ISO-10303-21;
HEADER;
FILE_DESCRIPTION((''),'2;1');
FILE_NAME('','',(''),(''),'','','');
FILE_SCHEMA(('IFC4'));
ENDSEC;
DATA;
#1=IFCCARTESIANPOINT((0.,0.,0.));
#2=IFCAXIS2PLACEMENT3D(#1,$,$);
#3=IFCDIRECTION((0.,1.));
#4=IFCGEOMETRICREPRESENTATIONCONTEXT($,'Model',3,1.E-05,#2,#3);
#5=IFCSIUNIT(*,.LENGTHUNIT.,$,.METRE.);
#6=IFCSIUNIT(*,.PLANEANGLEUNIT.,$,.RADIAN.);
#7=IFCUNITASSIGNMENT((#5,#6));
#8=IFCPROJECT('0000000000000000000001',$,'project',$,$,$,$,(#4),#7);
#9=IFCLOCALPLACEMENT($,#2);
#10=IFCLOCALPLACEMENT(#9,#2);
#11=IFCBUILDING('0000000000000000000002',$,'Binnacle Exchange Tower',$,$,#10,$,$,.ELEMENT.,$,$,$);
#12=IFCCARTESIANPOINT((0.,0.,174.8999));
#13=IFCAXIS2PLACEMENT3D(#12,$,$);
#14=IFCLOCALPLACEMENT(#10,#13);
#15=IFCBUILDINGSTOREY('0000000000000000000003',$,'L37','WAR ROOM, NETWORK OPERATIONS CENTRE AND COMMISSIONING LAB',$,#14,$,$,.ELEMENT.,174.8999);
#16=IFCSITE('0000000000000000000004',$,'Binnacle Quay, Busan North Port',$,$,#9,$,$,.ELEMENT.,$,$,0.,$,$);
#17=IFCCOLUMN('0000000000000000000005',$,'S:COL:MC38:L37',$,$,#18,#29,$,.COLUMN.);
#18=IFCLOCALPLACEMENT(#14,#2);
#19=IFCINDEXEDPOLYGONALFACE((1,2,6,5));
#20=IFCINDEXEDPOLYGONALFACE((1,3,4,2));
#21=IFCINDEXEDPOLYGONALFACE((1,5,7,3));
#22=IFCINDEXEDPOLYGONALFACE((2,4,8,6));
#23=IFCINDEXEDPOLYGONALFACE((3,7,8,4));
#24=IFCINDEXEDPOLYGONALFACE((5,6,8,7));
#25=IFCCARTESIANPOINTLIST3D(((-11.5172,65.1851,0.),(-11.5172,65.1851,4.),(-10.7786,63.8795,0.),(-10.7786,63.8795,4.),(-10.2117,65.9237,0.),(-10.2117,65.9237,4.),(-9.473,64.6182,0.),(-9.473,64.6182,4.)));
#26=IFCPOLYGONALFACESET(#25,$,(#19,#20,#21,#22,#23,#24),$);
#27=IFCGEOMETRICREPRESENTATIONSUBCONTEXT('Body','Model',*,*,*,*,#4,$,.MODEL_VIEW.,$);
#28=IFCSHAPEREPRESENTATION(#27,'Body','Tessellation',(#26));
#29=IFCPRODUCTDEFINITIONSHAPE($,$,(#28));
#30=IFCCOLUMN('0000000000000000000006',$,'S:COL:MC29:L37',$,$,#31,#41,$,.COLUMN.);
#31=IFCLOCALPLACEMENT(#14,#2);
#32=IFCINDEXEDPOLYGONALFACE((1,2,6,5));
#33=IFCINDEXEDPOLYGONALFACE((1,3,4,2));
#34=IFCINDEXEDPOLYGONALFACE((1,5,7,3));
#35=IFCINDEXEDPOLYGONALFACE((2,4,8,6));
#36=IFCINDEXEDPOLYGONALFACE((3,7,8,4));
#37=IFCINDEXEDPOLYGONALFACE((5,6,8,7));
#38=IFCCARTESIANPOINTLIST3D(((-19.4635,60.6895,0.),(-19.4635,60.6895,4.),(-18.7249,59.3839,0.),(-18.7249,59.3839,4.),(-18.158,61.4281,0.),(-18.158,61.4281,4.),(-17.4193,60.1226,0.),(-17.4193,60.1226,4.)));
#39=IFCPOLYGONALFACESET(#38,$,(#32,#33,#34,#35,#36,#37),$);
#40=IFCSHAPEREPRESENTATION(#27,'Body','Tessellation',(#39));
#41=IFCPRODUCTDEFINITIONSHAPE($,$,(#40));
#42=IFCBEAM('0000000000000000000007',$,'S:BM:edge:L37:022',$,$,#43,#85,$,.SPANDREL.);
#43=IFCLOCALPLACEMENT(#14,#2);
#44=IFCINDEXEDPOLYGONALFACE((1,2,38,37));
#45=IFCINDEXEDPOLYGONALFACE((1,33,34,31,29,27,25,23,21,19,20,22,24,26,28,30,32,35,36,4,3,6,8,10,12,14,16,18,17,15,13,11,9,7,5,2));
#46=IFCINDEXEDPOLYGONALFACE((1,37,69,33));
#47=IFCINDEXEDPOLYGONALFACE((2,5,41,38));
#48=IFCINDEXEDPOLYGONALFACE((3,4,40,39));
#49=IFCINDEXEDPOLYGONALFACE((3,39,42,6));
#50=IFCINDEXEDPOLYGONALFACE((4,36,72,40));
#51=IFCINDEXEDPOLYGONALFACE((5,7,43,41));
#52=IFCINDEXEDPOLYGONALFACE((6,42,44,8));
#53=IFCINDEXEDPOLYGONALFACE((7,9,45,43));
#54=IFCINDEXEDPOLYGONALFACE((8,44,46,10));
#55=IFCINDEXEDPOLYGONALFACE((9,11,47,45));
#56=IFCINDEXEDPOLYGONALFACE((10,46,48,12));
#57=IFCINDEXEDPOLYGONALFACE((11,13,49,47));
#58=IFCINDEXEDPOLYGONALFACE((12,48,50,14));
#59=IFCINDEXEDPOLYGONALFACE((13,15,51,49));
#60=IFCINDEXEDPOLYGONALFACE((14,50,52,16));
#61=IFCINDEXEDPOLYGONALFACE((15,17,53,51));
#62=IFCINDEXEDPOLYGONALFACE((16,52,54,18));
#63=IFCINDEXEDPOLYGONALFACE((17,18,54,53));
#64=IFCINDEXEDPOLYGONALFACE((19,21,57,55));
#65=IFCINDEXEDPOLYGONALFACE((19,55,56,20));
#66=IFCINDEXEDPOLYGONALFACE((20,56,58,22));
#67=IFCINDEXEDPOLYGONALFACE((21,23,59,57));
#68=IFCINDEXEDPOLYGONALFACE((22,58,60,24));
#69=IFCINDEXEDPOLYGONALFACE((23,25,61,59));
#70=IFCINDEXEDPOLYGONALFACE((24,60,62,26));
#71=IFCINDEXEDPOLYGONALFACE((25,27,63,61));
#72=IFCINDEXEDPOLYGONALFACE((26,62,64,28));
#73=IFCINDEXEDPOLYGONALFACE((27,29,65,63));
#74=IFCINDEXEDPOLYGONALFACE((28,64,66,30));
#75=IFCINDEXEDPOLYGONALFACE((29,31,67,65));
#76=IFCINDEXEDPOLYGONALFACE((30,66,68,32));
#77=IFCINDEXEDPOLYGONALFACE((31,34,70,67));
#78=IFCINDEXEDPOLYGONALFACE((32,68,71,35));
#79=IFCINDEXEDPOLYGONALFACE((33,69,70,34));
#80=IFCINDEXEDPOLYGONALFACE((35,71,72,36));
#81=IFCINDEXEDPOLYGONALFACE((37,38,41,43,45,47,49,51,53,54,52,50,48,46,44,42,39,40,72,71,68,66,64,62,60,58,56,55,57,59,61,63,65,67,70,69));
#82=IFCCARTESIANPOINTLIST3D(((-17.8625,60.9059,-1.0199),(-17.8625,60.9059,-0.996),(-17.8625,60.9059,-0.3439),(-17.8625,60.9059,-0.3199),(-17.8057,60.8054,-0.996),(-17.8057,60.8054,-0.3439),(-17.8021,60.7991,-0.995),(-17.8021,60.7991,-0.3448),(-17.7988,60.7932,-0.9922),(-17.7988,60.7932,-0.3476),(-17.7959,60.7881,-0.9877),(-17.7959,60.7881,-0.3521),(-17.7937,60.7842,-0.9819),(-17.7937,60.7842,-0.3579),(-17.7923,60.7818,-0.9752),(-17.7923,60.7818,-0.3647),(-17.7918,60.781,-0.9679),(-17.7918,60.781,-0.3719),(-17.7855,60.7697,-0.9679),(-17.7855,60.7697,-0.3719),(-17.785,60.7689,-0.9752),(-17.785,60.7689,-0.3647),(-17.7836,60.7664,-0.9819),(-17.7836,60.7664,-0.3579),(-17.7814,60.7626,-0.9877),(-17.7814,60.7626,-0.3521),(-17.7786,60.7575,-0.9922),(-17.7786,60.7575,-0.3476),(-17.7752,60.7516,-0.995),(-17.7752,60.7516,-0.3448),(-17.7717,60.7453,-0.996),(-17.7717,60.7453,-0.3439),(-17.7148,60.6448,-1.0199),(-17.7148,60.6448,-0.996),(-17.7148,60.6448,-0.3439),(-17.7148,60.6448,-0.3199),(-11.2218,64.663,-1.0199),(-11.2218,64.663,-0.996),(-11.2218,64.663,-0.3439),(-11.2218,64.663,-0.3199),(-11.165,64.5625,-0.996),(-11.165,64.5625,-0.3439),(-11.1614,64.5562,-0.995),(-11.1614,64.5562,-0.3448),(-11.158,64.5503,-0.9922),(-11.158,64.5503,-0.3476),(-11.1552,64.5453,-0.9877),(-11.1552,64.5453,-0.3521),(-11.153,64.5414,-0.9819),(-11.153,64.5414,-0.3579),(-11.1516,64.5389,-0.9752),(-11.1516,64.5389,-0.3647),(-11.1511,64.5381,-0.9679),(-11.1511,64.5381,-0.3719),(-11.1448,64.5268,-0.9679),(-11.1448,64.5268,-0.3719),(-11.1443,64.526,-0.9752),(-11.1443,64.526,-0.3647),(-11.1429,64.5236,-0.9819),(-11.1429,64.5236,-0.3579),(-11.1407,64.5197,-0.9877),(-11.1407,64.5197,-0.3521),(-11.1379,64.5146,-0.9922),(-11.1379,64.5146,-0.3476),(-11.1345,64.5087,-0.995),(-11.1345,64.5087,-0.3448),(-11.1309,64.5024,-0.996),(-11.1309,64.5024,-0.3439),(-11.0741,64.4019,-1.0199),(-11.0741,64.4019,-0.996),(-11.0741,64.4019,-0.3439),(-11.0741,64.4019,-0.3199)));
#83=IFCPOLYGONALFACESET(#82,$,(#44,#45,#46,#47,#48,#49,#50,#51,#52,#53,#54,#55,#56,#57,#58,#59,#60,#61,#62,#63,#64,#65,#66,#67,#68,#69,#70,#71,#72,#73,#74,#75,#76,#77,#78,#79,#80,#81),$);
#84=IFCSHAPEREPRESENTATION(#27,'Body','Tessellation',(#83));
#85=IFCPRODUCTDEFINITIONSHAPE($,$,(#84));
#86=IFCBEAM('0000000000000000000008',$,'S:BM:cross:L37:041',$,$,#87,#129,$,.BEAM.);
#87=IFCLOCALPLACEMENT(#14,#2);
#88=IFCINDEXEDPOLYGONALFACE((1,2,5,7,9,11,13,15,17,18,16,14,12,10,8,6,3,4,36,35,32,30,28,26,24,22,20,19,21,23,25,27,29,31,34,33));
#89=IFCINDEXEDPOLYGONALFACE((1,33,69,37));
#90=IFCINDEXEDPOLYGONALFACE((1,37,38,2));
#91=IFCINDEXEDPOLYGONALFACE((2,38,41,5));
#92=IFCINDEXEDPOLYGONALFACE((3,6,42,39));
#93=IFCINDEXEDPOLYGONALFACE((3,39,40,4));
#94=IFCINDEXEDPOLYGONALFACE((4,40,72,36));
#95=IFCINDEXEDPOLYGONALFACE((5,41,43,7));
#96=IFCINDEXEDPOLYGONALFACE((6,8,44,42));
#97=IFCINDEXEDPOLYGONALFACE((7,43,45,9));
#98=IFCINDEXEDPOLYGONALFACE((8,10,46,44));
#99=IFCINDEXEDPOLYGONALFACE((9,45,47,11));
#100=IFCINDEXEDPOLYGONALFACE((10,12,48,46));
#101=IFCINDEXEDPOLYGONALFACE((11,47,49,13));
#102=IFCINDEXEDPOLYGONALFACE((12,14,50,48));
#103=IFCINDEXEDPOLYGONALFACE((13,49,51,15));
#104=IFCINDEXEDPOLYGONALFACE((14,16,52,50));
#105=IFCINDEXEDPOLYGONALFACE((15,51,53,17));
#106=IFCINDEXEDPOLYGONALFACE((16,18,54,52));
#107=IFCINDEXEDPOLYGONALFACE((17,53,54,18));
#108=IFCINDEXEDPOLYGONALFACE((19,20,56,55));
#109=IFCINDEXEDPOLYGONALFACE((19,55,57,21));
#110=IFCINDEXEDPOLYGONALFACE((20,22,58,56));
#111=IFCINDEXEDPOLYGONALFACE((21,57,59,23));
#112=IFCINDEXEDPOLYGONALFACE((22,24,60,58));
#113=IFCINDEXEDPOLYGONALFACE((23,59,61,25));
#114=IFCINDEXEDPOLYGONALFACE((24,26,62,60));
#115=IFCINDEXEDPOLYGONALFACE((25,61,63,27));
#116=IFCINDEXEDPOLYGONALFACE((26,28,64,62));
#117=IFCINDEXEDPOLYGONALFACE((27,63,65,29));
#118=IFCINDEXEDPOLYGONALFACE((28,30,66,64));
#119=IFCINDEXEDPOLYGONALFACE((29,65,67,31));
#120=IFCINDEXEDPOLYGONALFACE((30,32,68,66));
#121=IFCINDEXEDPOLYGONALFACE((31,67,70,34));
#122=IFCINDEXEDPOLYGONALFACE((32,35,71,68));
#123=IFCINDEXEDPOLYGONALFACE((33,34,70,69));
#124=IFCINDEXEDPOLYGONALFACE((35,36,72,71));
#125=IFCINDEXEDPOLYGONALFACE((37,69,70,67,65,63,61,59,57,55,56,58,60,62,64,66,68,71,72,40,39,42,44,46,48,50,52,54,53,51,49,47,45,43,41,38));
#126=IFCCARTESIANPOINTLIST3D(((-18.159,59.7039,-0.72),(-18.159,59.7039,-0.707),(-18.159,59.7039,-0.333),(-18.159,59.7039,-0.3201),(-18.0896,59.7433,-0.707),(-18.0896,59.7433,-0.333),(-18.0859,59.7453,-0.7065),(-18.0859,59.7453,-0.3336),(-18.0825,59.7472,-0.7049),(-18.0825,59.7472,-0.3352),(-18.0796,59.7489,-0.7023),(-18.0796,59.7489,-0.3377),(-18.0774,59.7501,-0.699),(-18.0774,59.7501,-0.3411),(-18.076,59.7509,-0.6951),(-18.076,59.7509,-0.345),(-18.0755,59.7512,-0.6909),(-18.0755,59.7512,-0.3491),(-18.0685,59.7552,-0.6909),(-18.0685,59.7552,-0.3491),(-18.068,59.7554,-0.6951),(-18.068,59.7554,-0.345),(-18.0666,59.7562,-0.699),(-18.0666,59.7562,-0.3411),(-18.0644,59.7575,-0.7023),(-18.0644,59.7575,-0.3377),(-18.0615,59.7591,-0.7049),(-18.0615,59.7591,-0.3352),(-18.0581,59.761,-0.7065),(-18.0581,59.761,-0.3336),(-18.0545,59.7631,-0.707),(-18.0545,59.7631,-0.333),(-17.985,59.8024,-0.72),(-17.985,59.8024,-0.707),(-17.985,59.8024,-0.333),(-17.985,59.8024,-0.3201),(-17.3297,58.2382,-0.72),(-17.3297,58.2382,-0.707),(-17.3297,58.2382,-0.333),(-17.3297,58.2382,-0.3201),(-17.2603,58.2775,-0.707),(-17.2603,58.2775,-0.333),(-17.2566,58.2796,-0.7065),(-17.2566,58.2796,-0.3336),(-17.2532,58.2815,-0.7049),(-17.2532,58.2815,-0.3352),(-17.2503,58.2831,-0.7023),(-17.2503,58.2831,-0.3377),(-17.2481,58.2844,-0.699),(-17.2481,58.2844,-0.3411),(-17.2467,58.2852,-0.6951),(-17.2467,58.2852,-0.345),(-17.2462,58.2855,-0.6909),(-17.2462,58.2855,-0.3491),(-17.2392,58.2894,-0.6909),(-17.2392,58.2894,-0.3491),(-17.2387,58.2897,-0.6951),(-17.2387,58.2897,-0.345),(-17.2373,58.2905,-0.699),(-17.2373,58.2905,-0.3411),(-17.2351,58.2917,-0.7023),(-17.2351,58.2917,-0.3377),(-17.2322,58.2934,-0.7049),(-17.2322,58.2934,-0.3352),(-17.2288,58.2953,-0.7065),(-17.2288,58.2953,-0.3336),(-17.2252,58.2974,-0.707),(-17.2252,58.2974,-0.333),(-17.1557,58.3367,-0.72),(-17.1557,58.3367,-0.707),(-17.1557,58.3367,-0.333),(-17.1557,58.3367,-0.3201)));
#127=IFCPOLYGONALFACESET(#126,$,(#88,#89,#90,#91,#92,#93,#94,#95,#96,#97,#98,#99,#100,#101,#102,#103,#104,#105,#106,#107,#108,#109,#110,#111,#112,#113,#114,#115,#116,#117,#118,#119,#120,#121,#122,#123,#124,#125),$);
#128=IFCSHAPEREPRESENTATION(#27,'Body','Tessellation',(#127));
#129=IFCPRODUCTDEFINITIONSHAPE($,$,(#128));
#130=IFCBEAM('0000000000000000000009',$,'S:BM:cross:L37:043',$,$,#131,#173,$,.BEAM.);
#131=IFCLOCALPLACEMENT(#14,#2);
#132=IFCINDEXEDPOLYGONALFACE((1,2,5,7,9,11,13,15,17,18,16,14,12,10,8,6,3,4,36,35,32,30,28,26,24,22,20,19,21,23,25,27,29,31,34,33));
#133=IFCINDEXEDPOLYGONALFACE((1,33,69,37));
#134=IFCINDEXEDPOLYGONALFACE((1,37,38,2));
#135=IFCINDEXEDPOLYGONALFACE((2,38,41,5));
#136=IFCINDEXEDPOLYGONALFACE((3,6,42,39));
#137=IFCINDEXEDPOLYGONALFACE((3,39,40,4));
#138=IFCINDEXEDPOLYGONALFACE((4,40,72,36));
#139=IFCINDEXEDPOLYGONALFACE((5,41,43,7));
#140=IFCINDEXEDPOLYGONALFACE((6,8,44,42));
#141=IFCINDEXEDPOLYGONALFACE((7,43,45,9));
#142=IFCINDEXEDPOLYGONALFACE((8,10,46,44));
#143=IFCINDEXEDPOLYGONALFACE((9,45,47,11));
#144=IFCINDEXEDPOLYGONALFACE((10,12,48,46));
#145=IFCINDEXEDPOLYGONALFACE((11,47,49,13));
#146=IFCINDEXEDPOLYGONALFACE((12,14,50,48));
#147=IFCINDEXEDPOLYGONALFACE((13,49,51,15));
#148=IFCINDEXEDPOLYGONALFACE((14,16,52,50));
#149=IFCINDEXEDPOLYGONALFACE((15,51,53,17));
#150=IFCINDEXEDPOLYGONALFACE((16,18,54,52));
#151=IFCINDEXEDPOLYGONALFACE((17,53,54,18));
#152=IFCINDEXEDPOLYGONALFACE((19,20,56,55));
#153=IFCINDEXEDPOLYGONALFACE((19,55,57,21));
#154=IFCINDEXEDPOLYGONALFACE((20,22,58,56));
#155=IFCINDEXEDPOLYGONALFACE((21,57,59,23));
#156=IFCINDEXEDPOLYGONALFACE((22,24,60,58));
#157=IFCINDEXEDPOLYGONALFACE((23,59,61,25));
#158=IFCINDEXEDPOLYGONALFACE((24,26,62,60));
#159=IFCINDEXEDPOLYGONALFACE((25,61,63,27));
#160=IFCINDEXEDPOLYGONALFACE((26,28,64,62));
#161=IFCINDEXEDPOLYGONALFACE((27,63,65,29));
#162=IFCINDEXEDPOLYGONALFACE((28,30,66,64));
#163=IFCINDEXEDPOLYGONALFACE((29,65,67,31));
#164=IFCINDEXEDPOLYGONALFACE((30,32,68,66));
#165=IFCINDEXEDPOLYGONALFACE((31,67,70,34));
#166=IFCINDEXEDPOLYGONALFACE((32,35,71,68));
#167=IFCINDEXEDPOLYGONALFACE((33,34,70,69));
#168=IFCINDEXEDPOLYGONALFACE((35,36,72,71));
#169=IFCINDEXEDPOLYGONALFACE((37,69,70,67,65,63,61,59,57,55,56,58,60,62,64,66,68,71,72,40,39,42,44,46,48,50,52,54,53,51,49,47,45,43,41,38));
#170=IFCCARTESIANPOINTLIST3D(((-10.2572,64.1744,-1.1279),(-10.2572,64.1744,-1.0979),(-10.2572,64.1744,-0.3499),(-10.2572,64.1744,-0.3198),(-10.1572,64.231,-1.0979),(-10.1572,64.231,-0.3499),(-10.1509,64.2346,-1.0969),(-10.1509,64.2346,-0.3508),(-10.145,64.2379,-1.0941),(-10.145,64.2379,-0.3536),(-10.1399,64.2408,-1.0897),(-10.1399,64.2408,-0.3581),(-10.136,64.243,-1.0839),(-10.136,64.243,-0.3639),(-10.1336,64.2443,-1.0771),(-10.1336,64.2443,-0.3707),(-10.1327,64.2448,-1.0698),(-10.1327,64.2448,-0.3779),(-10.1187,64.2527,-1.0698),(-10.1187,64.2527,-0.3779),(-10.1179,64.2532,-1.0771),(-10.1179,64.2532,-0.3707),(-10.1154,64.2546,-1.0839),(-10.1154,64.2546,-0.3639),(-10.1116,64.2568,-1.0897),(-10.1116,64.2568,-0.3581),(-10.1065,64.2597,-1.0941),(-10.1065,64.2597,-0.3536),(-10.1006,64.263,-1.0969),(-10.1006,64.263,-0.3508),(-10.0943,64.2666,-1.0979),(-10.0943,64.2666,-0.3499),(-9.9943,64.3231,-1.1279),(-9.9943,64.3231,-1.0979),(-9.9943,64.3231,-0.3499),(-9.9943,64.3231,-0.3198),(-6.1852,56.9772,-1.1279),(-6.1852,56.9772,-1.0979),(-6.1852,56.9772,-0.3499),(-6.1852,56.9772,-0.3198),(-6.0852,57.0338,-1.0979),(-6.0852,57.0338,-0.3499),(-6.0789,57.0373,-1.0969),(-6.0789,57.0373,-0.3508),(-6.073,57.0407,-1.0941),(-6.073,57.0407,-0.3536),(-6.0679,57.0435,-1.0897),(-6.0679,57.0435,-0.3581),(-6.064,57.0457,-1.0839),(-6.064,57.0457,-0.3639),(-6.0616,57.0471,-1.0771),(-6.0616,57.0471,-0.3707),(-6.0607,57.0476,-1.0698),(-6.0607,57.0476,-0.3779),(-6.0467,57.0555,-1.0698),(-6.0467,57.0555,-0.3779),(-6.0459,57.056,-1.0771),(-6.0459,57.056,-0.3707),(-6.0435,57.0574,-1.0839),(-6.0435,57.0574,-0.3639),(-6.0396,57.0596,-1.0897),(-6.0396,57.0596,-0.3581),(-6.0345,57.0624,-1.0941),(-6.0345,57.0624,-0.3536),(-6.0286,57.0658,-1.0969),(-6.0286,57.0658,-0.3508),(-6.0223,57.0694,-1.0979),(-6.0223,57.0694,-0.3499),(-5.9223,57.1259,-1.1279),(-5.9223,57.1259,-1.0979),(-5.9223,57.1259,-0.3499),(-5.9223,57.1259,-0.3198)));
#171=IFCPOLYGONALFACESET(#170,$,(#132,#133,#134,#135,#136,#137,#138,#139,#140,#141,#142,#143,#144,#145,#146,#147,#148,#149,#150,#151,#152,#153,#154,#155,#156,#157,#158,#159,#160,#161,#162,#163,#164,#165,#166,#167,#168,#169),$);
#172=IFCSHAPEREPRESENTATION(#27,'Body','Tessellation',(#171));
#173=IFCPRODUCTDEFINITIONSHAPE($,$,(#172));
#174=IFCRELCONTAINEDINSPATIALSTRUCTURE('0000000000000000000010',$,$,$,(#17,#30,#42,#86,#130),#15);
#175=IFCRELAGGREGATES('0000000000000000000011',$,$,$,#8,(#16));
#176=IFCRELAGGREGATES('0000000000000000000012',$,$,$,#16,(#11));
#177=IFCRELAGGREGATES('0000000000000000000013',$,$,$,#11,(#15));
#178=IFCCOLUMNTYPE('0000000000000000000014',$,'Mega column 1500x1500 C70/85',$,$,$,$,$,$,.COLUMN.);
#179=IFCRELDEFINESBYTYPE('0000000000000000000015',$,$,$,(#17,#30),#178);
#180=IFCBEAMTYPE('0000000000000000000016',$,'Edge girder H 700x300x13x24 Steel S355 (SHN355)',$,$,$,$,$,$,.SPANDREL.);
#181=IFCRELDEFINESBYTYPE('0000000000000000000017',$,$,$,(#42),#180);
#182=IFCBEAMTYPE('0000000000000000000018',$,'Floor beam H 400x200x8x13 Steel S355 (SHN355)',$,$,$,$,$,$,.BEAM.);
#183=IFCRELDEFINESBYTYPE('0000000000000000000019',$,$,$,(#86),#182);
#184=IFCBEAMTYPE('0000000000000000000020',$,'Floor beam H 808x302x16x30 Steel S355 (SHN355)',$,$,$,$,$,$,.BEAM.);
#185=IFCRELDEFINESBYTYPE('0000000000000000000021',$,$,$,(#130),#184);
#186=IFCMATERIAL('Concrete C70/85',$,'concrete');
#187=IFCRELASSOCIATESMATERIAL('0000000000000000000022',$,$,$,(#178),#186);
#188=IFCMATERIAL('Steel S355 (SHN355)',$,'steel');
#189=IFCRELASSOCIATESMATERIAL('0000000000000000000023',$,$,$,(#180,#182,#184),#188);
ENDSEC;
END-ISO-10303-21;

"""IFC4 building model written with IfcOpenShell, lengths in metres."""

from ifc_helpers import new_model, si_unit, direction, frame, origin, origin_2d, place, context, subcontext, project, spatial, rectangle, i_section, extrude, material, material_profile, profile_set, type_object, element, save


model = new_model("IFC4")

# Units and contexts
model_context = context("Model", 3, precision=1e-05, world=origin(), true_north=direction((0.0, 1.0)))
body_context = subcontext(model_context, "Body", "Model", "MODEL_VIEW")
ifc_project = project(units=[si_unit("LENGTHUNIT", "METRE"), si_unit("PLANEANGLEUNIT", "RADIAN")], contexts=[model_context])

# Site, building, storey
site_placement = place(None, origin())
site = spatial("IfcSite", under=ifc_project, at=site_placement, Name="Binnacle Quay, Busan North Port", CompositionType="ELEMENT", RefElevation=0.0)
building_placement = place(site_placement, origin())
building = spatial("IfcBuilding", under=site, at=building_placement, Name="Binnacle Exchange Tower", CompositionType="ELEMENT")
storey_placement = place(building_placement, frame((0.0, 0.0, 174.8999)))
storey = spatial("IfcBuildingStorey", under=building, at=storey_placement, Name="L37", Description="WAR ROOM, NETWORK OPERATIONS CENTRE AND COMMISSIONING LAB", CompositionType="ELEMENT", Elevation=174.8999)

# Columns
ifc_material_1 = material(Name="Concrete C70/85", Category="concrete")
ifc_material_profile_1 = material_profile(ifc_material_1, rectangle(XDim=1.5, YDim=1.5, at=origin_2d()), Name="Mega column 1500x1500 C70/85")
ifc_profile_set_1 = profile_set([ifc_material_profile_1], Name="Concrete C70/85")
column_type = type_object("IfcColumnType", Name="Mega column 1500x1500 C70/85", PredefinedType="COLUMN", material=ifc_profile_set_1)
for number, where, z_axis, x_axis, name in (
    (1, (-10.4951, 64.9016, 0.0), (0.0, 0.0, 1.0), (-0.870356, -0.492424, 0.0), "S:COL:MC38:L37"),
    (2, (-18.4414, 60.406, 0.0), (0.0, 0.0, 1.0), (-0.870356, -0.492424, 0.0), "S:COL:MC29:L37"),
):
    element("IfcColumn", number, at=place(storey_placement, frame(where, z_axis=z_axis, x_axis=x_axis)), inside=storey, type_object=column_type, Name=name, PredefinedType="COLUMN", context=body_context, shape_type="SweptSolid", body=[
        extrude(rectangle(XDim=1.5, YDim=1.5, at=origin_2d()), origin(), (0.0, 0.0, 1.0), 4.0),
    ])

# Beams
ifc_material_2 = material(Name="Steel S355 (SHN355)", Category="steel")
ifc_material_profile_2 = material_profile(ifc_material_2, i_section(OverallWidth=0.3, OverallDepth=0.7, WebThickness=0.0129, FlangeThickness=0.0239, FilletRadius=0.0281, at=origin_2d()), Name="H 700x300x13x24")
ifc_profile_set_2 = profile_set([ifc_material_profile_2], Name="Steel S355 (SHN355)")
beam_type_1 = type_object("IfcBeamType", Name="Edge girder H 700x300x13x24 Steel S355 (SHN355)", PredefinedType="SPANDREL", material=ifc_profile_set_2)
beam_1_placement = place(storey_placement, frame((-11.1479, 64.5325, -0.6699), z_axis=(-0.870356, -0.492423, 0.0), x_axis=(0.492423, -0.870356, 0.0)))
element("IfcBeam", 3, at=beam_1_placement, inside=storey, type_object=beam_type_1, Name="S:BM:edge:L37:022", PredefinedType="SPANDREL", context=body_context, shape_type="SweptSolid", body=[
    extrude(i_section(OverallWidth=0.3, OverallDepth=0.7, WebThickness=0.0129, FlangeThickness=0.0239, FilletRadius=0.0281, at=origin_2d()), origin(), (0.0, 0.0, 1.0), 7.6299),
])
ifc_material_profile_3 = material_profile(ifc_material_2, i_section(OverallWidth=0.2, OverallDepth=0.3999, WebThickness=0.0081, FlangeThickness=0.0129, FilletRadius=0.0161, at=origin_2d()), Name="H 400x200x8x13")
ifc_profile_set_3 = profile_set([ifc_material_profile_3], Name="Steel S355 (SHN355)")
beam_type_2 = type_object("IfcBeamType", Name="Floor beam H 400x200x8x13 Steel S355 (SHN355)", PredefinedType="BEAM", material=ifc_profile_set_3)
beam_2_placement = place(storey_placement, frame((-18.072, 59.7532, -0.52), z_axis=(0.492435, -0.870349, 0.0), x_axis=(0.870349, 0.492435, 0.0)))
element("IfcBeam", 4, at=beam_2_placement, inside=storey, type_object=beam_type_2, Name="S:BM:cross:L37:041", PredefinedType="BEAM", context=body_context, shape_type="SweptSolid", body=[
    extrude(i_section(OverallWidth=0.2, OverallDepth=0.3999, WebThickness=0.0081, FlangeThickness=0.0129, FilletRadius=0.0161, at=origin_2d()), origin(), (0.0, 0.0, 1.0), 1.6841),
])
ifc_material_profile_4 = material_profile(ifc_material_2, i_section(OverallWidth=0.302, OverallDepth=0.8081, WebThickness=0.0161, FlangeThickness=0.03, FilletRadius=0.0281, at=origin_2d()), Name="H 808x302x16x30")
ifc_profile_set_4 = profile_set([ifc_material_profile_4], Name="Steel S355 (SHN355)")
beam_type_3 = type_object("IfcBeamType", Name="Floor beam H 808x302x16x30 Steel S355 (SHN355)", PredefinedType="BEAM", material=ifc_profile_set_4)
beam_3_placement = place(storey_placement, frame((-10.1257, 64.2488, -0.7239), z_axis=(0.492424, -0.870355, 0.0), x_axis=(0.870355, 0.492424, 0.0)))
element("IfcBeam", 5, at=beam_3_placement, inside=storey, type_object=beam_type_3, Name="S:BM:cross:L37:043", PredefinedType="BEAM", context=body_context, shape_type="SweptSolid", body=[
    extrude(i_section(OverallWidth=0.302, OverallDepth=0.8081, WebThickness=0.0161, FlangeThickness=0.03, FilletRadius=0.0281, at=origin_2d()), origin(), (0.0, 0.0, 1.0), 8.2693),
])

save(model, "model.ifc")
